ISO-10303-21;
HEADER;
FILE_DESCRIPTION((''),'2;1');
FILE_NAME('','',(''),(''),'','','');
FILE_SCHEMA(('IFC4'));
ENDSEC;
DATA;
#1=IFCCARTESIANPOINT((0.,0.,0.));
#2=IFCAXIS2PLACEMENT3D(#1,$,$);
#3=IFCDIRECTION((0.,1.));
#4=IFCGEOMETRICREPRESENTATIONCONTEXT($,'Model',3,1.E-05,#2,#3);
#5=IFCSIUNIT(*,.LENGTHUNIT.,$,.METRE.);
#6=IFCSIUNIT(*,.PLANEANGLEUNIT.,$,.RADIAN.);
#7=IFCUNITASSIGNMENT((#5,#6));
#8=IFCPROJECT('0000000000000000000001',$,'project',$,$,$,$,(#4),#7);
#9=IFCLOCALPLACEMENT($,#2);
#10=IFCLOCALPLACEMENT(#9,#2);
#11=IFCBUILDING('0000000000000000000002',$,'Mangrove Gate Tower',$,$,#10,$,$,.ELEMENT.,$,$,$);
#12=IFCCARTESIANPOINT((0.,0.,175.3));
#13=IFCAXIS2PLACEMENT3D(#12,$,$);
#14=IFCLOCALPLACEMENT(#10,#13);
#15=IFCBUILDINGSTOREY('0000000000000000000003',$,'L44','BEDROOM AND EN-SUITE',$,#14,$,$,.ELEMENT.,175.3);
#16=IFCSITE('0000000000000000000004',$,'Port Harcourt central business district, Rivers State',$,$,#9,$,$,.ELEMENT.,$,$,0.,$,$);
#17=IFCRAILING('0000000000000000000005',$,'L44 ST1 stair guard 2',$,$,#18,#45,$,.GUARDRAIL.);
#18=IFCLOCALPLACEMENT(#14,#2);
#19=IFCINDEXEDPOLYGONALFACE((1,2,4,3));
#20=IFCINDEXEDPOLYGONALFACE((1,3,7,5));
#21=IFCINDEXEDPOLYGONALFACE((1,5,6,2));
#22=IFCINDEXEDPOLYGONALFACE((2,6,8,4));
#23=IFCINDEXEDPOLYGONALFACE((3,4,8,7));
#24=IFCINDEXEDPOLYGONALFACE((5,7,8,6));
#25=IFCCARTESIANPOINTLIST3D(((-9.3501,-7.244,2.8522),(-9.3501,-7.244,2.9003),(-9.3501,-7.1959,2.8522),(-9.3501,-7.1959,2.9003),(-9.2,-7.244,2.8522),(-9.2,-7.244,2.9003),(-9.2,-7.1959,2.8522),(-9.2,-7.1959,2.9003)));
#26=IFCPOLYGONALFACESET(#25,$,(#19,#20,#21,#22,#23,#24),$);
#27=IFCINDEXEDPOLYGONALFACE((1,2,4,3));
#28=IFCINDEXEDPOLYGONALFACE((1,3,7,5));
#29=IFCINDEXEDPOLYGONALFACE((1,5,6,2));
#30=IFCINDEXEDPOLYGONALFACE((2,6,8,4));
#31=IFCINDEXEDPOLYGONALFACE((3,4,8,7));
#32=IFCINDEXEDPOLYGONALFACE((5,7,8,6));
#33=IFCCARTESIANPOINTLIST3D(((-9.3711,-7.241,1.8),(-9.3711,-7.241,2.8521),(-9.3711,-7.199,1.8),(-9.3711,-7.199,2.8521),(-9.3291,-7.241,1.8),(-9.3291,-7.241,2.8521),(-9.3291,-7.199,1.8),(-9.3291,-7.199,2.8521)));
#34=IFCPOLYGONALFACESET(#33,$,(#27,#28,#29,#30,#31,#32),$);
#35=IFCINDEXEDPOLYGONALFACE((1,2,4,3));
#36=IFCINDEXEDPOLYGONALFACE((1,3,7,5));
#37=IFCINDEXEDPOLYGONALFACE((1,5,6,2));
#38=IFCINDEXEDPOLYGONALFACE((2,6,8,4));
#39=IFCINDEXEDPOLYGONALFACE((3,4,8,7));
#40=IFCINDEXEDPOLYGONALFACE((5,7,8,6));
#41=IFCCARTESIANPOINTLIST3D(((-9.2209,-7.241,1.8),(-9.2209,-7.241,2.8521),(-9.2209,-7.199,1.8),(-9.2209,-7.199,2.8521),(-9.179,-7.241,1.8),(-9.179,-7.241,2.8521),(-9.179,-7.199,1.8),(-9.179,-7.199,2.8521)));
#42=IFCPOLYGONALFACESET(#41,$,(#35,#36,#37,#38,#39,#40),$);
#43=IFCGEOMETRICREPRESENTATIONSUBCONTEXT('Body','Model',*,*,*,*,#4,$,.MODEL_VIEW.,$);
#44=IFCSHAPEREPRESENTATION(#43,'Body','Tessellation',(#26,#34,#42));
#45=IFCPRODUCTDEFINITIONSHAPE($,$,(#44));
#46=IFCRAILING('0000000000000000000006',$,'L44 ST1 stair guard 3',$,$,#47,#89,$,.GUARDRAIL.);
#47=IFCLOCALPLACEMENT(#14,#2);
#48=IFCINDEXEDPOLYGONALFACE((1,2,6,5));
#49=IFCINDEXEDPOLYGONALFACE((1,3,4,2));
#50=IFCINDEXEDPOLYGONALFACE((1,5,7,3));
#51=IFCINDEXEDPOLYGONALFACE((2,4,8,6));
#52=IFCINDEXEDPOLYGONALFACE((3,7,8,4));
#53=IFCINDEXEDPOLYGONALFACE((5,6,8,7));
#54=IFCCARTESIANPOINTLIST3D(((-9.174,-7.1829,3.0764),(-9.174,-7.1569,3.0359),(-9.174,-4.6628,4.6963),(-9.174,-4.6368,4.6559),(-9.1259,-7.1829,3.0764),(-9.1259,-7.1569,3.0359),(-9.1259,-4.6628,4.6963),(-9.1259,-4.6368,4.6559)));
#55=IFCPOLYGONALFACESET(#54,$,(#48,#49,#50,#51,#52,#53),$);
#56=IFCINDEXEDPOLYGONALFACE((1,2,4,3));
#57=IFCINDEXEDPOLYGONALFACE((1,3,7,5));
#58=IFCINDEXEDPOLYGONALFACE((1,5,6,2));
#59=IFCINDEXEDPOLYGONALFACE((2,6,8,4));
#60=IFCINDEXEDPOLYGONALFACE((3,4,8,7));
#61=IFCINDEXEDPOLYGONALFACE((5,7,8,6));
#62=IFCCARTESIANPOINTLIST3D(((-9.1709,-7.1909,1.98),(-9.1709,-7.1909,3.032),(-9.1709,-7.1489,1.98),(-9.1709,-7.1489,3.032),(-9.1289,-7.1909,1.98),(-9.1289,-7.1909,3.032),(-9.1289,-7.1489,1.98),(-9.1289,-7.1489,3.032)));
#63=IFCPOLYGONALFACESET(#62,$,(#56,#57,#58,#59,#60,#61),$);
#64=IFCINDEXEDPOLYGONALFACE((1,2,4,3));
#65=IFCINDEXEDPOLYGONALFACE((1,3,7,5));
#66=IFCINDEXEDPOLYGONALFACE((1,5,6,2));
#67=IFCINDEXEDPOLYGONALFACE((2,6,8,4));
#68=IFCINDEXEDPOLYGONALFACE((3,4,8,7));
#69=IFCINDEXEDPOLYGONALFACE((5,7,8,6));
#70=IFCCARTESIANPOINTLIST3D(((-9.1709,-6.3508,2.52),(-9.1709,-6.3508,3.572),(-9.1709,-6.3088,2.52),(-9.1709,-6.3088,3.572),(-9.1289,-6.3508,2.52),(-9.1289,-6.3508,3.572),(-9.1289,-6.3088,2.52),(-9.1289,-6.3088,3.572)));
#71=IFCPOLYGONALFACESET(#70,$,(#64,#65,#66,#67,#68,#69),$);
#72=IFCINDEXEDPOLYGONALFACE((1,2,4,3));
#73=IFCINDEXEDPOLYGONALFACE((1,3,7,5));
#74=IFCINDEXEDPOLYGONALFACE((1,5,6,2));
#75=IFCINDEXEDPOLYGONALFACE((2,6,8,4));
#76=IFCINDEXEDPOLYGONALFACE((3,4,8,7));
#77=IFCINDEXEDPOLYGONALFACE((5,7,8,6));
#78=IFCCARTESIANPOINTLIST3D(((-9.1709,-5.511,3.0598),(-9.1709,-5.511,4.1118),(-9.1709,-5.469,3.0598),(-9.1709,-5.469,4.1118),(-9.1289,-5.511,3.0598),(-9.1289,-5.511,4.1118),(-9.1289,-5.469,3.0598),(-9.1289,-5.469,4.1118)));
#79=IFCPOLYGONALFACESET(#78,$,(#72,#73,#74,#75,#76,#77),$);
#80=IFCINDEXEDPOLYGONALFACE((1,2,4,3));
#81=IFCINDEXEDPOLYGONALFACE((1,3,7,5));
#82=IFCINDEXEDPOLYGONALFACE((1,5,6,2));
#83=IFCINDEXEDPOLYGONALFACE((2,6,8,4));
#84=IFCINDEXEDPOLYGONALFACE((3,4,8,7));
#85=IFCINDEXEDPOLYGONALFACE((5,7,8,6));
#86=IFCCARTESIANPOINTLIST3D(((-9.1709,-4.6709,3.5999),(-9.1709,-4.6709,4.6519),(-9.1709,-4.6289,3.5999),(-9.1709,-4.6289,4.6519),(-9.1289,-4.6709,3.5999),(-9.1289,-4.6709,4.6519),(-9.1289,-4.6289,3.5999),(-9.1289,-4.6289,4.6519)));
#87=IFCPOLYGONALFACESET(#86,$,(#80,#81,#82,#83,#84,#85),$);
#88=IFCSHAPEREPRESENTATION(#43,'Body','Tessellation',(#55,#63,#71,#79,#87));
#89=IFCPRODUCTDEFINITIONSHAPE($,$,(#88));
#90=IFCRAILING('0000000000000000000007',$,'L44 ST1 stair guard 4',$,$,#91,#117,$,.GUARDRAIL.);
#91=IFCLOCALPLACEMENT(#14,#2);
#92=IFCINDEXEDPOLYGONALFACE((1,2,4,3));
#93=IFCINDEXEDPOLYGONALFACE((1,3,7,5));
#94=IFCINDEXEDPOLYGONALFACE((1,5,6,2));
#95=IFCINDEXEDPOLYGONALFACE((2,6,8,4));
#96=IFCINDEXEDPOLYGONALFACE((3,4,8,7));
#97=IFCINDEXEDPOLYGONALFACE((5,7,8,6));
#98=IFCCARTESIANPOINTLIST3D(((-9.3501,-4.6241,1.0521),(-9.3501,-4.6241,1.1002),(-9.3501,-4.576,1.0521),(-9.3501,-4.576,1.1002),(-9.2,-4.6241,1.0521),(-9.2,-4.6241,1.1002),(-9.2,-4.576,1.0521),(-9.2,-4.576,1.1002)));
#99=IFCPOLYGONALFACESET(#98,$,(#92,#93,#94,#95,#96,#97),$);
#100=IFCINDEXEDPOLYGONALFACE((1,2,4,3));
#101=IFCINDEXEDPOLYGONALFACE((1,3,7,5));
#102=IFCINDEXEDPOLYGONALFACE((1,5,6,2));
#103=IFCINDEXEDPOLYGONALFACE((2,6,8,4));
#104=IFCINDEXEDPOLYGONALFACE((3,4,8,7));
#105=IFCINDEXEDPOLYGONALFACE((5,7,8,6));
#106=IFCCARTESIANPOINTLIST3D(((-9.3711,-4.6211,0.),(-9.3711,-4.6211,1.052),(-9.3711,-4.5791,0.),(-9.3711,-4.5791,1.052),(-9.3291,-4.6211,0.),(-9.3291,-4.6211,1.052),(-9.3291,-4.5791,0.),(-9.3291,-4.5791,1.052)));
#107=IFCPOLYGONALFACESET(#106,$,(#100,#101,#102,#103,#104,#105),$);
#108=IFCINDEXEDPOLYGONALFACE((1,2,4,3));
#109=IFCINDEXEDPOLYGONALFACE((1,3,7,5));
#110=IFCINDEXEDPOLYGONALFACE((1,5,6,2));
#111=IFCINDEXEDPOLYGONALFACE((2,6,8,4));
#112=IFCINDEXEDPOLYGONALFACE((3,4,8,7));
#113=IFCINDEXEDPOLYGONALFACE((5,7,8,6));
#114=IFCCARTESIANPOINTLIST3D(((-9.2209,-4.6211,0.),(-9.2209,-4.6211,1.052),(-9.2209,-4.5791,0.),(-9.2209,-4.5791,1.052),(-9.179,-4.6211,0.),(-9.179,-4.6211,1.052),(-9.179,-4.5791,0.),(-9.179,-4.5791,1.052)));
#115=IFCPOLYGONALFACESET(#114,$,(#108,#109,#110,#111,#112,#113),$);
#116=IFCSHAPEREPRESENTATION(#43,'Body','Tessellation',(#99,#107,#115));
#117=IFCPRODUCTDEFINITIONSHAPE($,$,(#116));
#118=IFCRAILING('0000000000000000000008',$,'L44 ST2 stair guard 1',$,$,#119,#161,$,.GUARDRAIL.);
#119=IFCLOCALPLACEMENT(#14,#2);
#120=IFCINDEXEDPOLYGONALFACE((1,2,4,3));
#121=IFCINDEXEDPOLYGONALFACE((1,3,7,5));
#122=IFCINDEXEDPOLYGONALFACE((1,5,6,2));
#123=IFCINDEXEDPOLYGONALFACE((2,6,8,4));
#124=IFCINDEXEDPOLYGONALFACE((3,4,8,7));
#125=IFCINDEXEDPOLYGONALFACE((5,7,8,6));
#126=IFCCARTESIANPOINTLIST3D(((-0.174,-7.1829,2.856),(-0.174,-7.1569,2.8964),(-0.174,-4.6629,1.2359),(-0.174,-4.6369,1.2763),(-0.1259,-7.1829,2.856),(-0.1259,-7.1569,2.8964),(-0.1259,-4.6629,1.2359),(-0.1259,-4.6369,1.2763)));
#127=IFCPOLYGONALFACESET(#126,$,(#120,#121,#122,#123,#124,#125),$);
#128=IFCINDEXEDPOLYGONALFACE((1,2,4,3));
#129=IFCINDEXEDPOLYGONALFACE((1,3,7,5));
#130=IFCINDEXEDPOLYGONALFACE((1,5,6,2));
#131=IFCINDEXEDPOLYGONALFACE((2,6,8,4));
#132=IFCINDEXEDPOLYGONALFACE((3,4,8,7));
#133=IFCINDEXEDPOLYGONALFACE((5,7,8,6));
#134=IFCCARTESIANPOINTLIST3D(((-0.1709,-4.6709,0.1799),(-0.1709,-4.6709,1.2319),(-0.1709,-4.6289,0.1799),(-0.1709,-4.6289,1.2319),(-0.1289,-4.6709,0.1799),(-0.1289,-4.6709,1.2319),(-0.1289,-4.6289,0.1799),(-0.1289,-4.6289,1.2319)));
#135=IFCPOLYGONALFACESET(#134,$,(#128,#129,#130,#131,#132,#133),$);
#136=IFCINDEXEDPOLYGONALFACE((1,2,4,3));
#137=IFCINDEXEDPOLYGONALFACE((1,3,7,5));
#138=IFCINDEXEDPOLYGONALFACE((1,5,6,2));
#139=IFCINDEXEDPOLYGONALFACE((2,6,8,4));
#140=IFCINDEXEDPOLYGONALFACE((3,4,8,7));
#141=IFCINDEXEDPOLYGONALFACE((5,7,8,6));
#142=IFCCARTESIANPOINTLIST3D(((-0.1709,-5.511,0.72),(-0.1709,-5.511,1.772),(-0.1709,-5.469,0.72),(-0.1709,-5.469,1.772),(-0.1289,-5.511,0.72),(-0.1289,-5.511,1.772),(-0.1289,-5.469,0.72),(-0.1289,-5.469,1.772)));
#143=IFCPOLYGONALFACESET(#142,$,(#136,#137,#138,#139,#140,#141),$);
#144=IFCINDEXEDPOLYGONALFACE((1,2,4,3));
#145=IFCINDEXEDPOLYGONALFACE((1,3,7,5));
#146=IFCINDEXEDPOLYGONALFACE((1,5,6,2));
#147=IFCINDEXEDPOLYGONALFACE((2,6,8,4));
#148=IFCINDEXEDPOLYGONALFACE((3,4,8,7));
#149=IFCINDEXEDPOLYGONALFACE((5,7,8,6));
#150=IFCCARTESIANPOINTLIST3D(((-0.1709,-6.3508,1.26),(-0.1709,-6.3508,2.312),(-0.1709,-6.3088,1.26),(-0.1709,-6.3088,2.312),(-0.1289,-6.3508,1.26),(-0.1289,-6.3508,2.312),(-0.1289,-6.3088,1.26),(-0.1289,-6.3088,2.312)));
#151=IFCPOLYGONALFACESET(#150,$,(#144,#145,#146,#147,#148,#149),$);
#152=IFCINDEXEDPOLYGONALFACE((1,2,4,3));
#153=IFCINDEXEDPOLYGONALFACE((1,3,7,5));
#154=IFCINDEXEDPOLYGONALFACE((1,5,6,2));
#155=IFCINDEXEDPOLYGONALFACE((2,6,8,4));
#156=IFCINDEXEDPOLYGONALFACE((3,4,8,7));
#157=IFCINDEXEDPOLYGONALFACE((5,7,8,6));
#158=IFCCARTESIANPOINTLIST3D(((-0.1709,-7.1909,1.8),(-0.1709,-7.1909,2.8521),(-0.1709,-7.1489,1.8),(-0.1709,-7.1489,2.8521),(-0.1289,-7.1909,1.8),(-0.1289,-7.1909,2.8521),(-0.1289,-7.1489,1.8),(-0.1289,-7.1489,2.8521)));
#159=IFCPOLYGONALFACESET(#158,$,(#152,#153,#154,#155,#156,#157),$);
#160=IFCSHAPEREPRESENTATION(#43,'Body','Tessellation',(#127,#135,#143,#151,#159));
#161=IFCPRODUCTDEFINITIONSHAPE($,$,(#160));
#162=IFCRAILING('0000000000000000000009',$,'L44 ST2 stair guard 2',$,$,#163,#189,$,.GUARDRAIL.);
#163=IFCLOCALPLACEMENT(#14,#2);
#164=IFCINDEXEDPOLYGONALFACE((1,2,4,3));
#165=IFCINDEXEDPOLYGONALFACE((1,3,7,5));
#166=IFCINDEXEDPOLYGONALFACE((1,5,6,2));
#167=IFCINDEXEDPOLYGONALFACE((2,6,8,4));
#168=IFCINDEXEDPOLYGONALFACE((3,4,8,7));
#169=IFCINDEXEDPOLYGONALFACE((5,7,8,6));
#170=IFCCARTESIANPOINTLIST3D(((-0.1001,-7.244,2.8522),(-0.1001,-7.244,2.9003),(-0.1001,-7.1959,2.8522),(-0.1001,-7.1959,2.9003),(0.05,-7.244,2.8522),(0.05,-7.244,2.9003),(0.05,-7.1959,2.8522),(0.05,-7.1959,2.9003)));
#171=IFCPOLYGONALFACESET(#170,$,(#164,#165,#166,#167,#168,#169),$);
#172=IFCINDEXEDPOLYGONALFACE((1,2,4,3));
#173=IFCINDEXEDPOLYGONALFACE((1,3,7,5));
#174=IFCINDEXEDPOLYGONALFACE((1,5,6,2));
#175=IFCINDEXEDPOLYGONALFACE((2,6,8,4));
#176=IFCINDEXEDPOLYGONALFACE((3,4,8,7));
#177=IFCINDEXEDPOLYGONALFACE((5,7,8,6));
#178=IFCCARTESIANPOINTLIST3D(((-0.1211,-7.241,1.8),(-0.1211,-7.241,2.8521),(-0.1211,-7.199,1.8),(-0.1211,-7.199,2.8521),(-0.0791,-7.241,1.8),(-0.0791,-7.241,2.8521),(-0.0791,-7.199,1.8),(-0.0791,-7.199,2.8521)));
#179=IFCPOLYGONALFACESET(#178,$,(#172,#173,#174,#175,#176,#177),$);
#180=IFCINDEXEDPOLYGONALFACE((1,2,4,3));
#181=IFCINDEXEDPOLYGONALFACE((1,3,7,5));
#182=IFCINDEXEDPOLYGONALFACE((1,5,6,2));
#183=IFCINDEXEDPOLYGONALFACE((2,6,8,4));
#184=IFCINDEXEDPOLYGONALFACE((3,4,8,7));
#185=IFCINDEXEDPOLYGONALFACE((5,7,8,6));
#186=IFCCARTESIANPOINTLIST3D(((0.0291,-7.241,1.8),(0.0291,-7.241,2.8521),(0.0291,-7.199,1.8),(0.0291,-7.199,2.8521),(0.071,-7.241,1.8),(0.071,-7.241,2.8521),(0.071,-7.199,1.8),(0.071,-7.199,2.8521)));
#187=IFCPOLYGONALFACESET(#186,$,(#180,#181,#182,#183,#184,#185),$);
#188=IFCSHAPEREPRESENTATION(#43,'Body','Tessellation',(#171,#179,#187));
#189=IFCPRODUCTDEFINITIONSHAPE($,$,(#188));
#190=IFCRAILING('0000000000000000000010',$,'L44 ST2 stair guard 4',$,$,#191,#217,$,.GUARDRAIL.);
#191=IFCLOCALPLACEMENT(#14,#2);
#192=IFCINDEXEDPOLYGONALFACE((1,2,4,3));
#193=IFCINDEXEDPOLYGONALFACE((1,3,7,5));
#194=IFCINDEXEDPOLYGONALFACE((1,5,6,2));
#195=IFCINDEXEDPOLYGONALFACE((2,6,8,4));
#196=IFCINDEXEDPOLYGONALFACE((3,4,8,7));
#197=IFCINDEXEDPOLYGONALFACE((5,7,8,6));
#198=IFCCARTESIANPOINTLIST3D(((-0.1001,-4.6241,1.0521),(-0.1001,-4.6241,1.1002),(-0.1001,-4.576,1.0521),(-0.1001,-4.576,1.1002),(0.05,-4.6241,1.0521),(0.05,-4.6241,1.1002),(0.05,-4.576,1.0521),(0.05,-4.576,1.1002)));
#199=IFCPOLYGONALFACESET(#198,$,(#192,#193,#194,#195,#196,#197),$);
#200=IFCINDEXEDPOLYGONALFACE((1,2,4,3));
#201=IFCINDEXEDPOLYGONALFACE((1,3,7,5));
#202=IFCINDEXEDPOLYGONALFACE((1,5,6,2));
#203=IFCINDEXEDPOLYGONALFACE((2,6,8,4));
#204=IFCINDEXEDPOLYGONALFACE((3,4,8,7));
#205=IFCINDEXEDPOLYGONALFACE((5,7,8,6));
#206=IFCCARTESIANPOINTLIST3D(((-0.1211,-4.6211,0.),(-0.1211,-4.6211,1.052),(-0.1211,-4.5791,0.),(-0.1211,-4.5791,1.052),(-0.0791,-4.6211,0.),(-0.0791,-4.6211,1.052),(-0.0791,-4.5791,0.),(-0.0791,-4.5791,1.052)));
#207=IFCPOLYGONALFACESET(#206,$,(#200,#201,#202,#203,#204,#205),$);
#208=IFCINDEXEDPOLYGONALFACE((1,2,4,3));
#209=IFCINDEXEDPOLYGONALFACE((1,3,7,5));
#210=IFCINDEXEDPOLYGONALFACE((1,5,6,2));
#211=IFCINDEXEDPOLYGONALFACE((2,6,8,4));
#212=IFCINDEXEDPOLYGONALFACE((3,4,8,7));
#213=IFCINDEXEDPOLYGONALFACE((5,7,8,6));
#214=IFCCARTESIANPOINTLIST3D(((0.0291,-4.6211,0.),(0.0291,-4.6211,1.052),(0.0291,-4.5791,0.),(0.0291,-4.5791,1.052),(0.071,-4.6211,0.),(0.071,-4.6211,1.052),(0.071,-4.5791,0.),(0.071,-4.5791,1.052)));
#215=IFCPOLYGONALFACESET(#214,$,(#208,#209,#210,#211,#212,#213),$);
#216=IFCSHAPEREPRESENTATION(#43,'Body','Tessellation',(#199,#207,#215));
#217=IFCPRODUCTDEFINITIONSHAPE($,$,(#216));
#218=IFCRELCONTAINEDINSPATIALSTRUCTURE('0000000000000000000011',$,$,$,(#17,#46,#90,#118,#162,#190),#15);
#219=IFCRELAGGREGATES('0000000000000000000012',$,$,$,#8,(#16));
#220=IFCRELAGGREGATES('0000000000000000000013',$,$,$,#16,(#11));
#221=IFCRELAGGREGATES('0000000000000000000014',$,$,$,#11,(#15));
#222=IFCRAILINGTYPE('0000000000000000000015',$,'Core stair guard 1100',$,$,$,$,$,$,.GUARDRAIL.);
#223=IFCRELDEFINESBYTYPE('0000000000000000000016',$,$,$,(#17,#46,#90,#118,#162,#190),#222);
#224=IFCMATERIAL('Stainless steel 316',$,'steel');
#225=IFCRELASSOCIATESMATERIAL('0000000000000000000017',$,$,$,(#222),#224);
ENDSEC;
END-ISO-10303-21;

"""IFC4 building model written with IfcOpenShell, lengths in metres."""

from ifc_helpers import new_model, si_unit, direction, frame, origin, origin_2d, place, context, subcontext, project, spatial, rectangle, extrude, material, type_object, element, save


model = new_model("IFC4")

# Units and contexts
model_context = context("Model", 3, precision=1e-05, world=origin(), true_north=direction((0.0, 1.0)))
body_context = subcontext(model_context, "Body", "Model", "MODEL_VIEW")
ifc_project = project(units=[si_unit("LENGTHUNIT", "METRE"), si_unit("PLANEANGLEUNIT", "RADIAN")], contexts=[model_context])

# Site, building, storey
site_placement = place(None, origin())
site = spatial("IfcSite", under=ifc_project, at=site_placement, Name="Port Harcourt central business district, Rivers State", CompositionType="ELEMENT", RefElevation=0.0)
building_placement = place(site_placement, origin())
building = spatial("IfcBuilding", under=site, at=building_placement, Name="Mangrove Gate Tower", CompositionType="ELEMENT")
storey_placement = place(building_placement, frame((0.0, 0.0, 175.3)))
storey = spatial("IfcBuildingStorey", under=building, at=storey_placement, Name="L44", Description="BEDROOM AND EN-SUITE", CompositionType="ELEMENT", Elevation=175.3)

# Railings
ifc_material_1 = material(Name="Stainless steel 316", Category="steel")
railing_type_1 = type_object("IfcRailingType", Name="Core stair guard 1100", PredefinedType="GUARDRAIL", material=ifc_material_1)
railing_1_placement = place(storey_placement, frame((-9.3501, -7.22, 1.8)))
element("IfcRailing", 1, at=railing_1_placement, inside=storey, type_object=railing_type_1, Name="L44 ST1 stair guard 2", PredefinedType="GUARDRAIL", context=body_context, shape_type="SweptSolid", body=[
    extrude(rectangle(XDim=0.0481, YDim=0.0481, at=origin_2d()), frame((0.0, 0.0, 1.0762), z_axis=(1.0, 0.0, 0.0), x_axis=(0.0, 1.0, 0.0)), (0.0, 0.0, 1.0), 0.1501),
    extrude(rectangle(XDim=0.042, YDim=0.042, at=origin_2d()), origin(), (0.0, 0.0, 1.0), 1.052),
    extrude(rectangle(XDim=0.042, YDim=0.042, at=origin_2d()), frame((0.1501, 0.0, 0.0)), (0.0, 0.0, 1.0), 1.052),
])
railing_2_placement = place(storey_placement, frame((-9.1499, -7.1699, 1.98)))
element("IfcRailing", 2, at=railing_2_placement, inside=storey, type_object=railing_type_1, Name="L44 ST1 stair guard 3", PredefinedType="GUARDRAIL", context=body_context, shape_type="SweptSolid", body=[
    extrude(rectangle(XDim=0.0481, YDim=0.0481, at=origin_2d()), frame((0.0, 0.0, 1.0762), z_axis=(0.0, 0.8412, 0.540725), x_axis=(-1.0, 0.0, 0.0)), (0.0, 0.0, 1.0), 2.9958),
    extrude(rectangle(XDim=0.042, YDim=0.042, at=origin_2d()), origin(), (0.0, 0.0, 1.0), 1.052),
    extrude(rectangle(XDim=0.042, YDim=0.042, at=origin_2d()), frame((0.0, 0.8401, 0.54)), (0.0, 0.0, 1.0), 1.052),
    extrude(rectangle(XDim=0.042, YDim=0.042, at=origin_2d()), frame((0.0, 1.6799, 1.0798)), (0.0, 0.0, 1.0), 1.052),
    extrude(rectangle(XDim=0.042, YDim=0.042, at=origin_2d()), frame((0.0, 2.52, 1.6199)), (0.0, 0.0, 1.0), 1.052),
])
railing_3_placement = place(storey_placement, frame((-9.3501, -4.6001, 0.0)))
element("IfcRailing", 3, at=railing_3_placement, inside=storey, type_object=railing_type_1, Name="L44 ST1 stair guard 4", PredefinedType="GUARDRAIL", context=body_context, shape_type="SweptSolid", body=[
    extrude(rectangle(XDim=0.0481, YDim=0.0481, at=origin_2d()), frame((0.0, 0.0, 1.0762), z_axis=(1.0, 0.0, 0.0), x_axis=(0.0, 1.0, 0.0)), (0.0, 0.0, 1.0), 0.1501),
    extrude(rectangle(XDim=0.042, YDim=0.042, at=origin_2d()), origin(), (0.0, 0.0, 1.0), 1.052),
    extrude(rectangle(XDim=0.042, YDim=0.042, at=origin_2d()), frame((0.1501, 0.0, 0.0)), (0.0, 0.0, 1.0), 1.052),
])
railing_4_placement = place(storey_placement, frame((-0.1499, -4.6499, 0.1799)))
element("IfcRailing", 4, at=railing_4_placement, inside=storey, type_object=railing_type_1, Name="L44 ST2 stair guard 1", PredefinedType="GUARDRAIL", context=body_context, shape_type="SweptSolid", body=[
    extrude(rectangle(XDim=0.0481, YDim=0.0481, at=origin_2d()), frame((0.0, 0.0, 1.0762), z_axis=(0.0, -0.841163, 0.540782), x_axis=(1.0, 0.0, 0.0)), (0.0, 0.0, 1.0), 2.9958),
    extrude(rectangle(XDim=0.042, YDim=0.042, at=origin_2d()), origin(), (0.0, 0.0, 1.0), 1.052),
    extrude(rectangle(XDim=0.042, YDim=0.042, at=origin_2d()), frame((0.0, -0.8401, 0.54)), (0.0, 0.0, 1.0), 1.052),
    extrude(rectangle(XDim=0.042, YDim=0.042, at=origin_2d()), frame((0.0, -1.6799, 1.0801)), (0.0, 0.0, 1.0), 1.052),
    extrude(rectangle(XDim=0.042, YDim=0.042, at=origin_2d()), frame((0.0, -2.52, 1.6201)), (0.0, 0.0, 1.0), 1.052),
])
for number, where, name in (
    (5, (-0.1001, -7.22, 1.8), "L44 ST2 stair guard 2"),
    (6, (-0.1001, -4.6001, 0.0), "L44 ST2 stair guard 4"),
):
    element("IfcRailing", number, at=place(storey_placement, frame(where)), inside=storey, type_object=railing_type_1, Name=name, PredefinedType="GUARDRAIL", context=body_context, shape_type="SweptSolid", body=[
        extrude(rectangle(XDim=0.0481, YDim=0.0481, at=origin_2d()), frame((0.0, 0.0, 1.0762), z_axis=(1.0, 0.0, 0.0), x_axis=(0.0, 1.0, 0.0)), (0.0, 0.0, 1.0), 0.1501),
        extrude(rectangle(XDim=0.042, YDim=0.042, at=origin_2d()), origin(), (0.0, 0.0, 1.0), 1.052),
        extrude(rectangle(XDim=0.042, YDim=0.042, at=origin_2d()), frame((0.1501, 0.0, 0.0)), (0.0, 0.0, 1.0), 1.052),
    ])

save(model, "model.ifc")
